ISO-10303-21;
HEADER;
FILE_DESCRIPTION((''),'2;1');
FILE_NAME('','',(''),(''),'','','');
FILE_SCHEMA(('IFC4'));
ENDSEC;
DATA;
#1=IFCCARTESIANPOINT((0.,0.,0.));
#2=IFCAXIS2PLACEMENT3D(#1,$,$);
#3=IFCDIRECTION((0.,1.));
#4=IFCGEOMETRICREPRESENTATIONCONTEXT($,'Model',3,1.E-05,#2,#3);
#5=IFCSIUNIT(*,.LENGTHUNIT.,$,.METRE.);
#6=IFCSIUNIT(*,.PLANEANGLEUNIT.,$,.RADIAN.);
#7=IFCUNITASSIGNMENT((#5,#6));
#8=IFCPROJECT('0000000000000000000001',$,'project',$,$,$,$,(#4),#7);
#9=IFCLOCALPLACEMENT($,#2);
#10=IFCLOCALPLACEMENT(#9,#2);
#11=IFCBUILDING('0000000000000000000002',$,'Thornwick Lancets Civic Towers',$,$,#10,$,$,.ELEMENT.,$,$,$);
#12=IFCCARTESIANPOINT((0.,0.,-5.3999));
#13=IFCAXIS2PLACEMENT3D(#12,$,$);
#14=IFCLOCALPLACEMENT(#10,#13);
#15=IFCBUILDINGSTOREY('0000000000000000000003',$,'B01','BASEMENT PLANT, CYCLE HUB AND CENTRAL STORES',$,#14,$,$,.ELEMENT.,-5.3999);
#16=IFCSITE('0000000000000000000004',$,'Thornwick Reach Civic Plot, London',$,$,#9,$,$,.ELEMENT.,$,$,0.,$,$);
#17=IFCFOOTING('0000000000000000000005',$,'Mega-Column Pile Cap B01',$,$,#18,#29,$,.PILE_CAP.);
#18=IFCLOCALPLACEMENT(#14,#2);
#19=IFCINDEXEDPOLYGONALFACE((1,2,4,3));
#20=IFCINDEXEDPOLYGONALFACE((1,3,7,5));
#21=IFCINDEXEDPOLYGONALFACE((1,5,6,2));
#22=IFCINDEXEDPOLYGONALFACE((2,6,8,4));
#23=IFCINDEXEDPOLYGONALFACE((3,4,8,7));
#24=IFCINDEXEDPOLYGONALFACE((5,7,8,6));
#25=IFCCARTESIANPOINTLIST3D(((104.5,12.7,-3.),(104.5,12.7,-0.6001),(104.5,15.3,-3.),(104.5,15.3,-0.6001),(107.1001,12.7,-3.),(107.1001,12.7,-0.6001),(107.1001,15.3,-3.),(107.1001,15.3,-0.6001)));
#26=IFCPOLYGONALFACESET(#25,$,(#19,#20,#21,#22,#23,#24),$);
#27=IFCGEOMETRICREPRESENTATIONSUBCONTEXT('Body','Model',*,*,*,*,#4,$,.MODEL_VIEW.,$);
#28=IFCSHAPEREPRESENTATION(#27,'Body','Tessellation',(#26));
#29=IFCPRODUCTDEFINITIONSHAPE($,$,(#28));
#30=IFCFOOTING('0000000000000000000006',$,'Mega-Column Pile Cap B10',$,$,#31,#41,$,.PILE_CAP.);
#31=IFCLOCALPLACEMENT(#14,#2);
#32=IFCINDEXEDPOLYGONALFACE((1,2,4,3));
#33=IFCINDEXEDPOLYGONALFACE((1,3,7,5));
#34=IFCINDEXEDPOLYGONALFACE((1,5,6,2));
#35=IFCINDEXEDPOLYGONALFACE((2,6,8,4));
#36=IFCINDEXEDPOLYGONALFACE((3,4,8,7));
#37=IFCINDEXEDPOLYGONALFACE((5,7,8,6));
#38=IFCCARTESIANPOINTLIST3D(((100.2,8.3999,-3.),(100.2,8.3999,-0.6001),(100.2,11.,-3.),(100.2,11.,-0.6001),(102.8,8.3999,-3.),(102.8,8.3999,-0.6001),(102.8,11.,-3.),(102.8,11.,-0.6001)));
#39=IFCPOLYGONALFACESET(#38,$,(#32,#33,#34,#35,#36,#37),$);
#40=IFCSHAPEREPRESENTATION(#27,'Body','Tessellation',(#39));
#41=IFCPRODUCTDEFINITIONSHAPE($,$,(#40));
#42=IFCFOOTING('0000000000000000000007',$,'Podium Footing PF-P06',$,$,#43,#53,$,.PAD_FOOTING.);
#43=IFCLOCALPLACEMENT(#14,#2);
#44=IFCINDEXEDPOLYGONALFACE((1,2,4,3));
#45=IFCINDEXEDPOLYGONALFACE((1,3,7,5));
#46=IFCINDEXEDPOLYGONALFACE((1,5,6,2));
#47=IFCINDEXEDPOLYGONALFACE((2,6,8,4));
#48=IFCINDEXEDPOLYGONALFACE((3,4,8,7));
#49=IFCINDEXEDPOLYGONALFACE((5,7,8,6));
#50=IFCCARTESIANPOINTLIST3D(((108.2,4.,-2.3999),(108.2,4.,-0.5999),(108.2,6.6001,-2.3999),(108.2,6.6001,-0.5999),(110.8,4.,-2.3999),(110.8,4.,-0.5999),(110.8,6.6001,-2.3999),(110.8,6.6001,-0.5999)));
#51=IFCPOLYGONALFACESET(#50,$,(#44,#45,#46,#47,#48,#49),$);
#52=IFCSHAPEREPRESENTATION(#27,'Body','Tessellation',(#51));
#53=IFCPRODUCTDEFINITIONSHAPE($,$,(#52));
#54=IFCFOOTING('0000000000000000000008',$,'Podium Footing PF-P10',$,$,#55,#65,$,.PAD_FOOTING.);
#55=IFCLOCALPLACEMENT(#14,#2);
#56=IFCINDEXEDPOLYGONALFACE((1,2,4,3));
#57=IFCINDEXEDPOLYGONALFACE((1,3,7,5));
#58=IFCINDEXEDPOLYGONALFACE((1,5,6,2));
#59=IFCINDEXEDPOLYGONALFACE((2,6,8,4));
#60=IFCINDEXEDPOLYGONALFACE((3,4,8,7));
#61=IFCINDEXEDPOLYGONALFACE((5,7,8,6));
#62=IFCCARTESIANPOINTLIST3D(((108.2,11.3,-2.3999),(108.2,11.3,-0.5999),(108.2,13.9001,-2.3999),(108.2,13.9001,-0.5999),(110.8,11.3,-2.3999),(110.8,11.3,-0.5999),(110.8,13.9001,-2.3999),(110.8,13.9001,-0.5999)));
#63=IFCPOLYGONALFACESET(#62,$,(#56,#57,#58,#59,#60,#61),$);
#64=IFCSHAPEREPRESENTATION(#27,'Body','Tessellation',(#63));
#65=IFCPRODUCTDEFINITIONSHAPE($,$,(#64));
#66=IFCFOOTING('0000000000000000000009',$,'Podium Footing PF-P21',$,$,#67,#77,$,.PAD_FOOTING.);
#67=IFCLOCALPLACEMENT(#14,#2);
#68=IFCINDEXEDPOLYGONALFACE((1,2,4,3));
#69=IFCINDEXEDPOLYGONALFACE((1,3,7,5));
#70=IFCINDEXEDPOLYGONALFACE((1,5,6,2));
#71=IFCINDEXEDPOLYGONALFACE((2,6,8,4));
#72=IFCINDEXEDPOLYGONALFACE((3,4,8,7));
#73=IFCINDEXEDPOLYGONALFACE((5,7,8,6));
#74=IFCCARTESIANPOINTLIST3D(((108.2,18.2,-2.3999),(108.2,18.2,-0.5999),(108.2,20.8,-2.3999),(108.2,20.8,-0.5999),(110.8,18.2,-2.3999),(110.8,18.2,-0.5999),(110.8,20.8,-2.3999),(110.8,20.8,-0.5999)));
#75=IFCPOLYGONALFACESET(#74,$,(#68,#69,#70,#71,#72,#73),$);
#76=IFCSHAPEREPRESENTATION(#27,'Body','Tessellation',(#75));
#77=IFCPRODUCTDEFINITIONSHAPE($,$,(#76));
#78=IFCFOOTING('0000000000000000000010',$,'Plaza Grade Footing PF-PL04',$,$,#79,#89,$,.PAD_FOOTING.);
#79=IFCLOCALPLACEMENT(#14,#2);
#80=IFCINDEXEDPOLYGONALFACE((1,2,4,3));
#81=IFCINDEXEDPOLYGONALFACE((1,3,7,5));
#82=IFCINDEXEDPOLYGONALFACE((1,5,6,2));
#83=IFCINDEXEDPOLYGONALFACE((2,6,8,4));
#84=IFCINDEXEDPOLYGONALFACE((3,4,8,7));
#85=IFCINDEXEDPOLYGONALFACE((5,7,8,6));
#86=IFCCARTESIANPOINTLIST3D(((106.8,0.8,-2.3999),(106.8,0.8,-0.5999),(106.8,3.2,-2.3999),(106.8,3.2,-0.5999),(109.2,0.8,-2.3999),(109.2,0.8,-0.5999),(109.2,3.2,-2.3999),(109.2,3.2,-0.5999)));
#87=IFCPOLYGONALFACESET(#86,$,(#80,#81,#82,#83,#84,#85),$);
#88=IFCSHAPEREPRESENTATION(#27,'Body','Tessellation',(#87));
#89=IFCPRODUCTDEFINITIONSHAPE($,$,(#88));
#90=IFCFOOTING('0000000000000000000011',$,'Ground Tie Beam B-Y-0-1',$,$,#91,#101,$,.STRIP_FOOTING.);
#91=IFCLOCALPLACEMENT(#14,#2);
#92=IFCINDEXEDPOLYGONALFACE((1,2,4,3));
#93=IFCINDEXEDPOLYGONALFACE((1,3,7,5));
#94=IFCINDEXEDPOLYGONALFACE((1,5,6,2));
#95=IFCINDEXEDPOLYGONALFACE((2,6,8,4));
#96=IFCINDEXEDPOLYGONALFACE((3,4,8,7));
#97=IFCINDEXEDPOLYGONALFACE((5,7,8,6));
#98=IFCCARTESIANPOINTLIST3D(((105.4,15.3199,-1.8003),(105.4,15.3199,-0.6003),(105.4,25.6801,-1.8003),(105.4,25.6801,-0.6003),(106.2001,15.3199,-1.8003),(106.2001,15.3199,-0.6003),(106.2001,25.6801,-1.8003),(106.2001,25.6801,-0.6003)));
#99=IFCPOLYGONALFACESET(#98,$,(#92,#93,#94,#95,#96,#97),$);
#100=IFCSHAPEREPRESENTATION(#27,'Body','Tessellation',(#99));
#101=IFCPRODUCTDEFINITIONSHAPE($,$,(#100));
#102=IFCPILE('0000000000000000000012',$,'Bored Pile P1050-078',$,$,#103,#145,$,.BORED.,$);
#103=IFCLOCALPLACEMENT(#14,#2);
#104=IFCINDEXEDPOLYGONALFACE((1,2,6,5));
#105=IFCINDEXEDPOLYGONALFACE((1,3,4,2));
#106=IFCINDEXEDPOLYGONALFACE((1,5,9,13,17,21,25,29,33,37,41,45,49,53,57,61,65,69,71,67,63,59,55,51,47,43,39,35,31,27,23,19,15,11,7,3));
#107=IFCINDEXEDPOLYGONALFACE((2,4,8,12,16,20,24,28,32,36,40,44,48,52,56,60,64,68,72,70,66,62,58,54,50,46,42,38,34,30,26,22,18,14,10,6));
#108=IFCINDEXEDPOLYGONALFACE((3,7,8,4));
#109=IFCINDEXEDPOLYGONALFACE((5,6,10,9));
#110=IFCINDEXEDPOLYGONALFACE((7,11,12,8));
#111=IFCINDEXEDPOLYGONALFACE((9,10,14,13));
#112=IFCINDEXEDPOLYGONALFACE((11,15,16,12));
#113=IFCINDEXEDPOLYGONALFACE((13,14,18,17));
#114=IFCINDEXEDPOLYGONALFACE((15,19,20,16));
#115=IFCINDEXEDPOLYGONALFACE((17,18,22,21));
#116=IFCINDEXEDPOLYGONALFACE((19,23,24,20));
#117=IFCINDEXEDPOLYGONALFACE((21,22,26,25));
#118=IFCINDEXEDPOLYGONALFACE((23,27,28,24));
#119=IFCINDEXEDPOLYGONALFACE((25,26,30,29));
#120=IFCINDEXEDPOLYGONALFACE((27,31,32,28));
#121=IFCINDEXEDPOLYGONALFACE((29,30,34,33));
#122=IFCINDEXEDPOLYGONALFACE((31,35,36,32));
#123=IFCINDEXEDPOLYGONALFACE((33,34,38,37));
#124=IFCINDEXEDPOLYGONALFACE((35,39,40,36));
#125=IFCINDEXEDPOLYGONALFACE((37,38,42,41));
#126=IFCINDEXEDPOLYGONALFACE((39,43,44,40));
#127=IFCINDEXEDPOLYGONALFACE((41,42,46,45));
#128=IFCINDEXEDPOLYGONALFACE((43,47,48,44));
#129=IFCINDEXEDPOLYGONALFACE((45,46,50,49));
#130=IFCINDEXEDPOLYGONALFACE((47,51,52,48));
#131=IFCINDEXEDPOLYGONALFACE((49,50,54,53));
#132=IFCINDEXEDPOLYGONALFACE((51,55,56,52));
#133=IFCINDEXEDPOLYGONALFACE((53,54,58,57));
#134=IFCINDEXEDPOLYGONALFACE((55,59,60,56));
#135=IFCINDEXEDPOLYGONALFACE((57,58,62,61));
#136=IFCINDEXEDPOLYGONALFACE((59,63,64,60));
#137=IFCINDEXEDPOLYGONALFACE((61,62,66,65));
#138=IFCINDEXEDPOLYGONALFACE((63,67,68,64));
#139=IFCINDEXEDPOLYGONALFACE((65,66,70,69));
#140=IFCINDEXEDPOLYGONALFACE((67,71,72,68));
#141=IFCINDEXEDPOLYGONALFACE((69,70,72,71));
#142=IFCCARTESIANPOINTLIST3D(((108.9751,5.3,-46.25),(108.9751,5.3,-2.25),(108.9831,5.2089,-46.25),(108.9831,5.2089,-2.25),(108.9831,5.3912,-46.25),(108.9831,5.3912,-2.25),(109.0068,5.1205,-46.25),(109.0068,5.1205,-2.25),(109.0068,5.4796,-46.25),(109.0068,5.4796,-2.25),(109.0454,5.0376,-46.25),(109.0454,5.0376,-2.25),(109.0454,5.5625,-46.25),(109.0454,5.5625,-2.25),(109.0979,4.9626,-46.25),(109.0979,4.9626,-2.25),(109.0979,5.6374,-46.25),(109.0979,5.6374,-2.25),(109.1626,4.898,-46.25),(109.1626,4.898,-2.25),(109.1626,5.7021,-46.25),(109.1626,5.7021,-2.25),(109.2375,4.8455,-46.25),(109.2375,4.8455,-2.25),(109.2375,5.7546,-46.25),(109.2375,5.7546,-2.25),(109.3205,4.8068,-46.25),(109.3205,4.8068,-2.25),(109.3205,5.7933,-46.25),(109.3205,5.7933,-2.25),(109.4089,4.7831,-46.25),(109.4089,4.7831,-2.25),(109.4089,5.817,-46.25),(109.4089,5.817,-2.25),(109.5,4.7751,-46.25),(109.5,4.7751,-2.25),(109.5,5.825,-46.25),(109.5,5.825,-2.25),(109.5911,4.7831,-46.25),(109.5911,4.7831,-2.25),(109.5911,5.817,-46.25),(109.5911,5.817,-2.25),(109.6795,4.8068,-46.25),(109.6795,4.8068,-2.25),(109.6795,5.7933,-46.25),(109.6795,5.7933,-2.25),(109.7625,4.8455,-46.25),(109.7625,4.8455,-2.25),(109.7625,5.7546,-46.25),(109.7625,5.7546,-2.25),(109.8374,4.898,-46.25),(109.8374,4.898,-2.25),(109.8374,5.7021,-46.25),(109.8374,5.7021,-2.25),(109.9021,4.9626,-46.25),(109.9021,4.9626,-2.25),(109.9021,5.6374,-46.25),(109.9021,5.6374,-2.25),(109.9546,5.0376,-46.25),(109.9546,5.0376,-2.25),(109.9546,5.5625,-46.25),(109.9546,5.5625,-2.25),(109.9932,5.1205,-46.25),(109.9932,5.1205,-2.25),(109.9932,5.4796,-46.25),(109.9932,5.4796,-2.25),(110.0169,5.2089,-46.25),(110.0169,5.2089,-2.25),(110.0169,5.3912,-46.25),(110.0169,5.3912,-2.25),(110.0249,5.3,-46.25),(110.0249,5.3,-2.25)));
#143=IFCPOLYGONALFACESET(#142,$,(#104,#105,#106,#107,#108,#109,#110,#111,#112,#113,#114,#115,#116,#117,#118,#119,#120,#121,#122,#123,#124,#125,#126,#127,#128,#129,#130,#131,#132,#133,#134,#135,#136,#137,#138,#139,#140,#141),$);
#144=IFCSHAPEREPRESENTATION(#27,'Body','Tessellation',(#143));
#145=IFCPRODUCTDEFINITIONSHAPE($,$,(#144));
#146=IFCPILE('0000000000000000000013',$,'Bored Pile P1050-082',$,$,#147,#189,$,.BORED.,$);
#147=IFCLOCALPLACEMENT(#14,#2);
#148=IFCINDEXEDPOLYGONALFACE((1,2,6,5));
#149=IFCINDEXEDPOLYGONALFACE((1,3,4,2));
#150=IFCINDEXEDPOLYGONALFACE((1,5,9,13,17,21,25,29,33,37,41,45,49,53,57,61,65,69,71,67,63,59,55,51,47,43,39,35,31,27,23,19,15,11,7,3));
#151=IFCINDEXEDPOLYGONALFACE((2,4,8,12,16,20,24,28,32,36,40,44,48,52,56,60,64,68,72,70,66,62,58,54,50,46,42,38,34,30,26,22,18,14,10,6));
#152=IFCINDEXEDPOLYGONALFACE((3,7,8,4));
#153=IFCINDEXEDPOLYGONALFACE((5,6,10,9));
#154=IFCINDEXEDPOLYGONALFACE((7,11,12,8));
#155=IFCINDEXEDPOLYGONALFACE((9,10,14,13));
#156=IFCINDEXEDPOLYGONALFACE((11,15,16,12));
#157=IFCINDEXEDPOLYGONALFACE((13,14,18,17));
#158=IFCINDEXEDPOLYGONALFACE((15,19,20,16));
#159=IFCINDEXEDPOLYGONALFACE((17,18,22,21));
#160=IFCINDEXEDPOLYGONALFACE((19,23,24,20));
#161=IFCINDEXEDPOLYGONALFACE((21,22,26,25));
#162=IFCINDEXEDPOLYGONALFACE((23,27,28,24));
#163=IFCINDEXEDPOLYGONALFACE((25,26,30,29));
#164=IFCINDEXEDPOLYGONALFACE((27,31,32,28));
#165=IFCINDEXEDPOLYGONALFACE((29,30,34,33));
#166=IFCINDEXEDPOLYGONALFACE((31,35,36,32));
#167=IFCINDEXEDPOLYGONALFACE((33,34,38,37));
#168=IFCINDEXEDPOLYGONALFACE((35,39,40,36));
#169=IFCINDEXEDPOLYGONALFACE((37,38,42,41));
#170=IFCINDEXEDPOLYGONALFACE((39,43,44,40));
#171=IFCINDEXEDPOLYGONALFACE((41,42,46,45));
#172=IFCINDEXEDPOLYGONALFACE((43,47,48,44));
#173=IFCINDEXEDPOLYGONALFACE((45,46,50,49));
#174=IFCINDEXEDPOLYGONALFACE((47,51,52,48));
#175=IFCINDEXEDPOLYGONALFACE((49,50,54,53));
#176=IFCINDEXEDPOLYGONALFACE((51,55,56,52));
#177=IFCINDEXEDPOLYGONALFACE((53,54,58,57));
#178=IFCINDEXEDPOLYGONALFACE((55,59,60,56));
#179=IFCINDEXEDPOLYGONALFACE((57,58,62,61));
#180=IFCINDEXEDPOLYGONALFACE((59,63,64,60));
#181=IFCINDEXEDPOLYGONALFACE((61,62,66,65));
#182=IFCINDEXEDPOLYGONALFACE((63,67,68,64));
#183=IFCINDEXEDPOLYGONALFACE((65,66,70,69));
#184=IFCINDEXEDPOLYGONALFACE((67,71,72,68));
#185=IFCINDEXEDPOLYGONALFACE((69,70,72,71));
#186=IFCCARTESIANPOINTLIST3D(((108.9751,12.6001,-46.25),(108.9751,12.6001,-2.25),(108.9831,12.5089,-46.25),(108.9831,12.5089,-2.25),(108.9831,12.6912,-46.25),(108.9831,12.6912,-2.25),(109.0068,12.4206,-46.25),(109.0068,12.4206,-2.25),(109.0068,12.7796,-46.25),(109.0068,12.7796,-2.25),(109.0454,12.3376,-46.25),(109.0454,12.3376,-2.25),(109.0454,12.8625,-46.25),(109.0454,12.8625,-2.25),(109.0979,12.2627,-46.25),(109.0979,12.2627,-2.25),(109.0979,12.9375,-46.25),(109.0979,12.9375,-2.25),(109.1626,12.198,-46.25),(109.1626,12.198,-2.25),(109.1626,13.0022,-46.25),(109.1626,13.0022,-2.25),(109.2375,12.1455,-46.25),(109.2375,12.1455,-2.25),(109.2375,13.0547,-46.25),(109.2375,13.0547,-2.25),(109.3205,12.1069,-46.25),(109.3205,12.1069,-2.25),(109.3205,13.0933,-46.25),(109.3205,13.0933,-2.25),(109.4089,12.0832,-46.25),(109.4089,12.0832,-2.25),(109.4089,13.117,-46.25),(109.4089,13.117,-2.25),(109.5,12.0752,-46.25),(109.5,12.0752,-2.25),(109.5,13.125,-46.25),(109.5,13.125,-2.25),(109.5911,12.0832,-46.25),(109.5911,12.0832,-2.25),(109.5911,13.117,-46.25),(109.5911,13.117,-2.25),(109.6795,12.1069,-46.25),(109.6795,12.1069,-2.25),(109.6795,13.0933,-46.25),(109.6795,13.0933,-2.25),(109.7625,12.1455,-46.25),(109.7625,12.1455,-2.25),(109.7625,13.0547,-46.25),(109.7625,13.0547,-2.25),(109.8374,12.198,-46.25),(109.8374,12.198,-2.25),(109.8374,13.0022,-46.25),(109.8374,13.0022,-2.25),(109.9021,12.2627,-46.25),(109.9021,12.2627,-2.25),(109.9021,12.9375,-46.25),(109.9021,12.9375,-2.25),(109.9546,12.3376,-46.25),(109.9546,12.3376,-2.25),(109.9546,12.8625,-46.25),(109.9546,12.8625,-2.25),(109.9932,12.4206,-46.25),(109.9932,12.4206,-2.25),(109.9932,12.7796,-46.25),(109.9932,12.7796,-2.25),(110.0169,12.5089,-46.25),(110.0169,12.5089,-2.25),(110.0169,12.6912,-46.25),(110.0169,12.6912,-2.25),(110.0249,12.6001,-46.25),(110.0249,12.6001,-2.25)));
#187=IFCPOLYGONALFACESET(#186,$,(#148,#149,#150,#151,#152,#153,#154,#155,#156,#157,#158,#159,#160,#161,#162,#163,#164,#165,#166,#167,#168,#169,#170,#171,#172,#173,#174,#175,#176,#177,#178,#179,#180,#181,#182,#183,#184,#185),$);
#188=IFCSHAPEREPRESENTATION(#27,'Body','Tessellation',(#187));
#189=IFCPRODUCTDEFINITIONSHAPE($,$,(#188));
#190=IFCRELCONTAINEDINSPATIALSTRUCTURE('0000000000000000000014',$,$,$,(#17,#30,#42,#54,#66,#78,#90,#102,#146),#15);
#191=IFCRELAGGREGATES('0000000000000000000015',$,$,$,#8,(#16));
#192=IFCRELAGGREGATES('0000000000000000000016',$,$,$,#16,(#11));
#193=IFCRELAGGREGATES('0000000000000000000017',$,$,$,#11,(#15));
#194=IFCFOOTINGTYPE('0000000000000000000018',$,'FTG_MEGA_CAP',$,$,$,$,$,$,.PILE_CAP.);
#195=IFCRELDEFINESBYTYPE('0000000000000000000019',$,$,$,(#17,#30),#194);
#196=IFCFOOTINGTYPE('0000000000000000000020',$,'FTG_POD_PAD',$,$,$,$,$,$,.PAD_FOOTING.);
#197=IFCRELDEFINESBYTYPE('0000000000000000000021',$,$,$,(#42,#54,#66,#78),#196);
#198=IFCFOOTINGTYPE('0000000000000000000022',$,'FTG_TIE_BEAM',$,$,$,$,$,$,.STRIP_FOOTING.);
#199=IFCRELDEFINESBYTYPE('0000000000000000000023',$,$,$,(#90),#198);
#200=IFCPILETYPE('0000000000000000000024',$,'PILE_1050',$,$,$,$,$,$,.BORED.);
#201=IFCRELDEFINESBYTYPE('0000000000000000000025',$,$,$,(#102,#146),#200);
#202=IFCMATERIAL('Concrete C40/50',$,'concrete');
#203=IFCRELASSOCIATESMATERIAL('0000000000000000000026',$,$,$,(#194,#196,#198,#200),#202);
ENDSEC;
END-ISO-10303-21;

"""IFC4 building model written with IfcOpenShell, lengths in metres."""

from ifc_helpers import new_model, si_unit, direction, frame, origin, origin_2d, place, context, subcontext, project, spatial, rectangle, circle, extrude, material, material_profile, profile_set, type_object, element, save


model = new_model("IFC4")

# Units and contexts
model_context = context("Model", 3, precision=1e-05, world=origin(), true_north=direction((0.0, 1.0)))
body_context = subcontext(model_context, "Body", "Model", "MODEL_VIEW")
ifc_project = project(units=[si_unit("LENGTHUNIT", "METRE"), si_unit("PLANEANGLEUNIT", "RADIAN")], contexts=[model_context])

# Site, building, storey
site_placement = place(None, origin())
site = spatial("IfcSite", under=ifc_project, at=site_placement, Name="Thornwick Reach Civic Plot, London", CompositionType="ELEMENT", RefElevation=0.0)
building_placement = place(site_placement, origin())
building = spatial("IfcBuilding", under=site, at=building_placement, Name="Thornwick Lancets Civic Towers", CompositionType="ELEMENT")
storey_placement = place(building_placement, frame((0.0, 0.0, -5.3999)))
storey = spatial("IfcBuildingStorey", under=building, at=storey_placement, Name="B01", Description="BASEMENT PLANT, CYCLE HUB AND CENTRAL STORES", CompositionType="ELEMENT", Elevation=-5.3999)

# Footings
ifc_material_1 = material(Name="Concrete C40/50", Category="concrete")
footing_type_1 = type_object("IfcFootingType", Name="FTG_MEGA_CAP", PredefinedType="PILE_CAP", material=ifc_material_1)
for number, where, z_axis, x_axis, name in (
    (1, (105.8, 14.0, -3.0), (0.0, 0.0, 1.0), (1.0, 0.0, 0.0), "Mega-Column Pile Cap B01"),
    (2, (101.5, 9.7, -3.0), (0.0, 0.0, 1.0), (1.0, 0.0, 0.0), "Mega-Column Pile Cap B10"),
):
    element("IfcFooting", number, at=place(storey_placement, frame(where, z_axis=z_axis, x_axis=x_axis)), inside=storey, type_object=footing_type_1, Name=name, PredefinedType="PILE_CAP", context=body_context, shape_type="SweptSolid", body=[
        extrude(rectangle(XDim=2.6001, YDim=2.6001, at=origin_2d()), origin(), (0.0, 0.0, 1.0), 2.3999),
    ])
footing_type_2 = type_object("IfcFootingType", Name="FTG_POD_PAD", PredefinedType="PAD_FOOTING", material=ifc_material_1)
for number, where, z_axis, x_axis, name in (
    (3, (109.5, 5.3, -2.3999), (0.0, 0.0, 1.0), (1.0, 0.0, 0.0), "Podium Footing PF-P06"),
    (4, (109.5, 12.6001, -2.3999), (0.0, 0.0, 1.0), (1.0, 0.0, 0.0), "Podium Footing PF-P10"),
    (5, (109.5, 19.5, -2.3999), (0.0, 0.0, 1.0), (1.0, 0.0, 0.0), "Podium Footing PF-P21"),
):
    element("IfcFooting", number, at=place(storey_placement, frame(where, z_axis=z_axis, x_axis=x_axis)), inside=storey, type_object=footing_type_2, Name=name, PredefinedType="PAD_FOOTING", context=body_context, shape_type="SweptSolid", body=[
        extrude(rectangle(XDim=2.6001, YDim=2.6001, at=origin_2d()), origin(), (0.0, 0.0, 1.0), 1.8),
    ])
footing_1_placement = place(storey_placement, frame((108.0, 2.0, -2.3999), z_axis=(0.0, 0.0, 1.0), x_axis=(1.0, 0.0, 0.0)))
element("IfcFooting", 6, at=footing_1_placement, inside=storey, type_object=footing_type_2, Name="Plaza Grade Footing PF-PL04", PredefinedType="PAD_FOOTING", context=body_context, shape_type="SweptSolid", body=[
    extrude(rectangle(XDim=2.3999, YDim=2.3999, at=origin_2d()), origin(), (0.0, 0.0, 1.0), 1.8),
])
footing_type_3 = type_object("IfcFootingType", Name="FTG_TIE_BEAM", PredefinedType="STRIP_FOOTING", material=ifc_material_1)
footing_2_placement = place(storey_placement, frame((105.8, 20.5, -1.8003), z_axis=(0.0, 0.0, 1.0), x_axis=(1.0, 0.0, 0.0)))
element("IfcFooting", 7, at=footing_2_placement, inside=storey, type_object=footing_type_3, Name="Ground Tie Beam B-Y-0-1", PredefinedType="STRIP_FOOTING", context=body_context, shape_type="SweptSolid", body=[
    extrude(rectangle(XDim=0.8, YDim=10.3601, at=origin_2d()), origin(), (0.0, 0.0, 1.0), 1.2),
])

# Piles
ifc_material_profile_1 = material_profile(ifc_material_1, circle(Radius=0.5249, at=origin_2d()), Name="PILE D1050")
ifc_profile_set_1 = profile_set([ifc_material_profile_1], Name="Concrete C40/50")
pile_type_1 = type_object("IfcPileType", Name="PILE_1050", PredefinedType="BORED", material=ifc_profile_set_1)
for number, where, z_axis, x_axis, name in (
    (8, (109.5, 5.3, -2.25), (0.0, 0.0, -1.0), (1.0, 0.0, 0.0), "Bored Pile P1050-078"),
    (9, (109.5, 12.6001, -2.25), (0.0, 0.0, -1.0), (1.0, 0.0, 0.0), "Bored Pile P1050-082"),
):
    element("IfcPile", number, at=place(storey_placement, frame(where, z_axis=z_axis, x_axis=x_axis)), inside=storey, type_object=pile_type_1, Name=name, PredefinedType="BORED", context=body_context, shape_type="SweptSolid", body=[
        extrude(circle(Radius=0.5249, at=origin_2d()), origin(), (0.0, 0.0, 1.0), 44.0),
    ])

save(model, "model.ifc")
